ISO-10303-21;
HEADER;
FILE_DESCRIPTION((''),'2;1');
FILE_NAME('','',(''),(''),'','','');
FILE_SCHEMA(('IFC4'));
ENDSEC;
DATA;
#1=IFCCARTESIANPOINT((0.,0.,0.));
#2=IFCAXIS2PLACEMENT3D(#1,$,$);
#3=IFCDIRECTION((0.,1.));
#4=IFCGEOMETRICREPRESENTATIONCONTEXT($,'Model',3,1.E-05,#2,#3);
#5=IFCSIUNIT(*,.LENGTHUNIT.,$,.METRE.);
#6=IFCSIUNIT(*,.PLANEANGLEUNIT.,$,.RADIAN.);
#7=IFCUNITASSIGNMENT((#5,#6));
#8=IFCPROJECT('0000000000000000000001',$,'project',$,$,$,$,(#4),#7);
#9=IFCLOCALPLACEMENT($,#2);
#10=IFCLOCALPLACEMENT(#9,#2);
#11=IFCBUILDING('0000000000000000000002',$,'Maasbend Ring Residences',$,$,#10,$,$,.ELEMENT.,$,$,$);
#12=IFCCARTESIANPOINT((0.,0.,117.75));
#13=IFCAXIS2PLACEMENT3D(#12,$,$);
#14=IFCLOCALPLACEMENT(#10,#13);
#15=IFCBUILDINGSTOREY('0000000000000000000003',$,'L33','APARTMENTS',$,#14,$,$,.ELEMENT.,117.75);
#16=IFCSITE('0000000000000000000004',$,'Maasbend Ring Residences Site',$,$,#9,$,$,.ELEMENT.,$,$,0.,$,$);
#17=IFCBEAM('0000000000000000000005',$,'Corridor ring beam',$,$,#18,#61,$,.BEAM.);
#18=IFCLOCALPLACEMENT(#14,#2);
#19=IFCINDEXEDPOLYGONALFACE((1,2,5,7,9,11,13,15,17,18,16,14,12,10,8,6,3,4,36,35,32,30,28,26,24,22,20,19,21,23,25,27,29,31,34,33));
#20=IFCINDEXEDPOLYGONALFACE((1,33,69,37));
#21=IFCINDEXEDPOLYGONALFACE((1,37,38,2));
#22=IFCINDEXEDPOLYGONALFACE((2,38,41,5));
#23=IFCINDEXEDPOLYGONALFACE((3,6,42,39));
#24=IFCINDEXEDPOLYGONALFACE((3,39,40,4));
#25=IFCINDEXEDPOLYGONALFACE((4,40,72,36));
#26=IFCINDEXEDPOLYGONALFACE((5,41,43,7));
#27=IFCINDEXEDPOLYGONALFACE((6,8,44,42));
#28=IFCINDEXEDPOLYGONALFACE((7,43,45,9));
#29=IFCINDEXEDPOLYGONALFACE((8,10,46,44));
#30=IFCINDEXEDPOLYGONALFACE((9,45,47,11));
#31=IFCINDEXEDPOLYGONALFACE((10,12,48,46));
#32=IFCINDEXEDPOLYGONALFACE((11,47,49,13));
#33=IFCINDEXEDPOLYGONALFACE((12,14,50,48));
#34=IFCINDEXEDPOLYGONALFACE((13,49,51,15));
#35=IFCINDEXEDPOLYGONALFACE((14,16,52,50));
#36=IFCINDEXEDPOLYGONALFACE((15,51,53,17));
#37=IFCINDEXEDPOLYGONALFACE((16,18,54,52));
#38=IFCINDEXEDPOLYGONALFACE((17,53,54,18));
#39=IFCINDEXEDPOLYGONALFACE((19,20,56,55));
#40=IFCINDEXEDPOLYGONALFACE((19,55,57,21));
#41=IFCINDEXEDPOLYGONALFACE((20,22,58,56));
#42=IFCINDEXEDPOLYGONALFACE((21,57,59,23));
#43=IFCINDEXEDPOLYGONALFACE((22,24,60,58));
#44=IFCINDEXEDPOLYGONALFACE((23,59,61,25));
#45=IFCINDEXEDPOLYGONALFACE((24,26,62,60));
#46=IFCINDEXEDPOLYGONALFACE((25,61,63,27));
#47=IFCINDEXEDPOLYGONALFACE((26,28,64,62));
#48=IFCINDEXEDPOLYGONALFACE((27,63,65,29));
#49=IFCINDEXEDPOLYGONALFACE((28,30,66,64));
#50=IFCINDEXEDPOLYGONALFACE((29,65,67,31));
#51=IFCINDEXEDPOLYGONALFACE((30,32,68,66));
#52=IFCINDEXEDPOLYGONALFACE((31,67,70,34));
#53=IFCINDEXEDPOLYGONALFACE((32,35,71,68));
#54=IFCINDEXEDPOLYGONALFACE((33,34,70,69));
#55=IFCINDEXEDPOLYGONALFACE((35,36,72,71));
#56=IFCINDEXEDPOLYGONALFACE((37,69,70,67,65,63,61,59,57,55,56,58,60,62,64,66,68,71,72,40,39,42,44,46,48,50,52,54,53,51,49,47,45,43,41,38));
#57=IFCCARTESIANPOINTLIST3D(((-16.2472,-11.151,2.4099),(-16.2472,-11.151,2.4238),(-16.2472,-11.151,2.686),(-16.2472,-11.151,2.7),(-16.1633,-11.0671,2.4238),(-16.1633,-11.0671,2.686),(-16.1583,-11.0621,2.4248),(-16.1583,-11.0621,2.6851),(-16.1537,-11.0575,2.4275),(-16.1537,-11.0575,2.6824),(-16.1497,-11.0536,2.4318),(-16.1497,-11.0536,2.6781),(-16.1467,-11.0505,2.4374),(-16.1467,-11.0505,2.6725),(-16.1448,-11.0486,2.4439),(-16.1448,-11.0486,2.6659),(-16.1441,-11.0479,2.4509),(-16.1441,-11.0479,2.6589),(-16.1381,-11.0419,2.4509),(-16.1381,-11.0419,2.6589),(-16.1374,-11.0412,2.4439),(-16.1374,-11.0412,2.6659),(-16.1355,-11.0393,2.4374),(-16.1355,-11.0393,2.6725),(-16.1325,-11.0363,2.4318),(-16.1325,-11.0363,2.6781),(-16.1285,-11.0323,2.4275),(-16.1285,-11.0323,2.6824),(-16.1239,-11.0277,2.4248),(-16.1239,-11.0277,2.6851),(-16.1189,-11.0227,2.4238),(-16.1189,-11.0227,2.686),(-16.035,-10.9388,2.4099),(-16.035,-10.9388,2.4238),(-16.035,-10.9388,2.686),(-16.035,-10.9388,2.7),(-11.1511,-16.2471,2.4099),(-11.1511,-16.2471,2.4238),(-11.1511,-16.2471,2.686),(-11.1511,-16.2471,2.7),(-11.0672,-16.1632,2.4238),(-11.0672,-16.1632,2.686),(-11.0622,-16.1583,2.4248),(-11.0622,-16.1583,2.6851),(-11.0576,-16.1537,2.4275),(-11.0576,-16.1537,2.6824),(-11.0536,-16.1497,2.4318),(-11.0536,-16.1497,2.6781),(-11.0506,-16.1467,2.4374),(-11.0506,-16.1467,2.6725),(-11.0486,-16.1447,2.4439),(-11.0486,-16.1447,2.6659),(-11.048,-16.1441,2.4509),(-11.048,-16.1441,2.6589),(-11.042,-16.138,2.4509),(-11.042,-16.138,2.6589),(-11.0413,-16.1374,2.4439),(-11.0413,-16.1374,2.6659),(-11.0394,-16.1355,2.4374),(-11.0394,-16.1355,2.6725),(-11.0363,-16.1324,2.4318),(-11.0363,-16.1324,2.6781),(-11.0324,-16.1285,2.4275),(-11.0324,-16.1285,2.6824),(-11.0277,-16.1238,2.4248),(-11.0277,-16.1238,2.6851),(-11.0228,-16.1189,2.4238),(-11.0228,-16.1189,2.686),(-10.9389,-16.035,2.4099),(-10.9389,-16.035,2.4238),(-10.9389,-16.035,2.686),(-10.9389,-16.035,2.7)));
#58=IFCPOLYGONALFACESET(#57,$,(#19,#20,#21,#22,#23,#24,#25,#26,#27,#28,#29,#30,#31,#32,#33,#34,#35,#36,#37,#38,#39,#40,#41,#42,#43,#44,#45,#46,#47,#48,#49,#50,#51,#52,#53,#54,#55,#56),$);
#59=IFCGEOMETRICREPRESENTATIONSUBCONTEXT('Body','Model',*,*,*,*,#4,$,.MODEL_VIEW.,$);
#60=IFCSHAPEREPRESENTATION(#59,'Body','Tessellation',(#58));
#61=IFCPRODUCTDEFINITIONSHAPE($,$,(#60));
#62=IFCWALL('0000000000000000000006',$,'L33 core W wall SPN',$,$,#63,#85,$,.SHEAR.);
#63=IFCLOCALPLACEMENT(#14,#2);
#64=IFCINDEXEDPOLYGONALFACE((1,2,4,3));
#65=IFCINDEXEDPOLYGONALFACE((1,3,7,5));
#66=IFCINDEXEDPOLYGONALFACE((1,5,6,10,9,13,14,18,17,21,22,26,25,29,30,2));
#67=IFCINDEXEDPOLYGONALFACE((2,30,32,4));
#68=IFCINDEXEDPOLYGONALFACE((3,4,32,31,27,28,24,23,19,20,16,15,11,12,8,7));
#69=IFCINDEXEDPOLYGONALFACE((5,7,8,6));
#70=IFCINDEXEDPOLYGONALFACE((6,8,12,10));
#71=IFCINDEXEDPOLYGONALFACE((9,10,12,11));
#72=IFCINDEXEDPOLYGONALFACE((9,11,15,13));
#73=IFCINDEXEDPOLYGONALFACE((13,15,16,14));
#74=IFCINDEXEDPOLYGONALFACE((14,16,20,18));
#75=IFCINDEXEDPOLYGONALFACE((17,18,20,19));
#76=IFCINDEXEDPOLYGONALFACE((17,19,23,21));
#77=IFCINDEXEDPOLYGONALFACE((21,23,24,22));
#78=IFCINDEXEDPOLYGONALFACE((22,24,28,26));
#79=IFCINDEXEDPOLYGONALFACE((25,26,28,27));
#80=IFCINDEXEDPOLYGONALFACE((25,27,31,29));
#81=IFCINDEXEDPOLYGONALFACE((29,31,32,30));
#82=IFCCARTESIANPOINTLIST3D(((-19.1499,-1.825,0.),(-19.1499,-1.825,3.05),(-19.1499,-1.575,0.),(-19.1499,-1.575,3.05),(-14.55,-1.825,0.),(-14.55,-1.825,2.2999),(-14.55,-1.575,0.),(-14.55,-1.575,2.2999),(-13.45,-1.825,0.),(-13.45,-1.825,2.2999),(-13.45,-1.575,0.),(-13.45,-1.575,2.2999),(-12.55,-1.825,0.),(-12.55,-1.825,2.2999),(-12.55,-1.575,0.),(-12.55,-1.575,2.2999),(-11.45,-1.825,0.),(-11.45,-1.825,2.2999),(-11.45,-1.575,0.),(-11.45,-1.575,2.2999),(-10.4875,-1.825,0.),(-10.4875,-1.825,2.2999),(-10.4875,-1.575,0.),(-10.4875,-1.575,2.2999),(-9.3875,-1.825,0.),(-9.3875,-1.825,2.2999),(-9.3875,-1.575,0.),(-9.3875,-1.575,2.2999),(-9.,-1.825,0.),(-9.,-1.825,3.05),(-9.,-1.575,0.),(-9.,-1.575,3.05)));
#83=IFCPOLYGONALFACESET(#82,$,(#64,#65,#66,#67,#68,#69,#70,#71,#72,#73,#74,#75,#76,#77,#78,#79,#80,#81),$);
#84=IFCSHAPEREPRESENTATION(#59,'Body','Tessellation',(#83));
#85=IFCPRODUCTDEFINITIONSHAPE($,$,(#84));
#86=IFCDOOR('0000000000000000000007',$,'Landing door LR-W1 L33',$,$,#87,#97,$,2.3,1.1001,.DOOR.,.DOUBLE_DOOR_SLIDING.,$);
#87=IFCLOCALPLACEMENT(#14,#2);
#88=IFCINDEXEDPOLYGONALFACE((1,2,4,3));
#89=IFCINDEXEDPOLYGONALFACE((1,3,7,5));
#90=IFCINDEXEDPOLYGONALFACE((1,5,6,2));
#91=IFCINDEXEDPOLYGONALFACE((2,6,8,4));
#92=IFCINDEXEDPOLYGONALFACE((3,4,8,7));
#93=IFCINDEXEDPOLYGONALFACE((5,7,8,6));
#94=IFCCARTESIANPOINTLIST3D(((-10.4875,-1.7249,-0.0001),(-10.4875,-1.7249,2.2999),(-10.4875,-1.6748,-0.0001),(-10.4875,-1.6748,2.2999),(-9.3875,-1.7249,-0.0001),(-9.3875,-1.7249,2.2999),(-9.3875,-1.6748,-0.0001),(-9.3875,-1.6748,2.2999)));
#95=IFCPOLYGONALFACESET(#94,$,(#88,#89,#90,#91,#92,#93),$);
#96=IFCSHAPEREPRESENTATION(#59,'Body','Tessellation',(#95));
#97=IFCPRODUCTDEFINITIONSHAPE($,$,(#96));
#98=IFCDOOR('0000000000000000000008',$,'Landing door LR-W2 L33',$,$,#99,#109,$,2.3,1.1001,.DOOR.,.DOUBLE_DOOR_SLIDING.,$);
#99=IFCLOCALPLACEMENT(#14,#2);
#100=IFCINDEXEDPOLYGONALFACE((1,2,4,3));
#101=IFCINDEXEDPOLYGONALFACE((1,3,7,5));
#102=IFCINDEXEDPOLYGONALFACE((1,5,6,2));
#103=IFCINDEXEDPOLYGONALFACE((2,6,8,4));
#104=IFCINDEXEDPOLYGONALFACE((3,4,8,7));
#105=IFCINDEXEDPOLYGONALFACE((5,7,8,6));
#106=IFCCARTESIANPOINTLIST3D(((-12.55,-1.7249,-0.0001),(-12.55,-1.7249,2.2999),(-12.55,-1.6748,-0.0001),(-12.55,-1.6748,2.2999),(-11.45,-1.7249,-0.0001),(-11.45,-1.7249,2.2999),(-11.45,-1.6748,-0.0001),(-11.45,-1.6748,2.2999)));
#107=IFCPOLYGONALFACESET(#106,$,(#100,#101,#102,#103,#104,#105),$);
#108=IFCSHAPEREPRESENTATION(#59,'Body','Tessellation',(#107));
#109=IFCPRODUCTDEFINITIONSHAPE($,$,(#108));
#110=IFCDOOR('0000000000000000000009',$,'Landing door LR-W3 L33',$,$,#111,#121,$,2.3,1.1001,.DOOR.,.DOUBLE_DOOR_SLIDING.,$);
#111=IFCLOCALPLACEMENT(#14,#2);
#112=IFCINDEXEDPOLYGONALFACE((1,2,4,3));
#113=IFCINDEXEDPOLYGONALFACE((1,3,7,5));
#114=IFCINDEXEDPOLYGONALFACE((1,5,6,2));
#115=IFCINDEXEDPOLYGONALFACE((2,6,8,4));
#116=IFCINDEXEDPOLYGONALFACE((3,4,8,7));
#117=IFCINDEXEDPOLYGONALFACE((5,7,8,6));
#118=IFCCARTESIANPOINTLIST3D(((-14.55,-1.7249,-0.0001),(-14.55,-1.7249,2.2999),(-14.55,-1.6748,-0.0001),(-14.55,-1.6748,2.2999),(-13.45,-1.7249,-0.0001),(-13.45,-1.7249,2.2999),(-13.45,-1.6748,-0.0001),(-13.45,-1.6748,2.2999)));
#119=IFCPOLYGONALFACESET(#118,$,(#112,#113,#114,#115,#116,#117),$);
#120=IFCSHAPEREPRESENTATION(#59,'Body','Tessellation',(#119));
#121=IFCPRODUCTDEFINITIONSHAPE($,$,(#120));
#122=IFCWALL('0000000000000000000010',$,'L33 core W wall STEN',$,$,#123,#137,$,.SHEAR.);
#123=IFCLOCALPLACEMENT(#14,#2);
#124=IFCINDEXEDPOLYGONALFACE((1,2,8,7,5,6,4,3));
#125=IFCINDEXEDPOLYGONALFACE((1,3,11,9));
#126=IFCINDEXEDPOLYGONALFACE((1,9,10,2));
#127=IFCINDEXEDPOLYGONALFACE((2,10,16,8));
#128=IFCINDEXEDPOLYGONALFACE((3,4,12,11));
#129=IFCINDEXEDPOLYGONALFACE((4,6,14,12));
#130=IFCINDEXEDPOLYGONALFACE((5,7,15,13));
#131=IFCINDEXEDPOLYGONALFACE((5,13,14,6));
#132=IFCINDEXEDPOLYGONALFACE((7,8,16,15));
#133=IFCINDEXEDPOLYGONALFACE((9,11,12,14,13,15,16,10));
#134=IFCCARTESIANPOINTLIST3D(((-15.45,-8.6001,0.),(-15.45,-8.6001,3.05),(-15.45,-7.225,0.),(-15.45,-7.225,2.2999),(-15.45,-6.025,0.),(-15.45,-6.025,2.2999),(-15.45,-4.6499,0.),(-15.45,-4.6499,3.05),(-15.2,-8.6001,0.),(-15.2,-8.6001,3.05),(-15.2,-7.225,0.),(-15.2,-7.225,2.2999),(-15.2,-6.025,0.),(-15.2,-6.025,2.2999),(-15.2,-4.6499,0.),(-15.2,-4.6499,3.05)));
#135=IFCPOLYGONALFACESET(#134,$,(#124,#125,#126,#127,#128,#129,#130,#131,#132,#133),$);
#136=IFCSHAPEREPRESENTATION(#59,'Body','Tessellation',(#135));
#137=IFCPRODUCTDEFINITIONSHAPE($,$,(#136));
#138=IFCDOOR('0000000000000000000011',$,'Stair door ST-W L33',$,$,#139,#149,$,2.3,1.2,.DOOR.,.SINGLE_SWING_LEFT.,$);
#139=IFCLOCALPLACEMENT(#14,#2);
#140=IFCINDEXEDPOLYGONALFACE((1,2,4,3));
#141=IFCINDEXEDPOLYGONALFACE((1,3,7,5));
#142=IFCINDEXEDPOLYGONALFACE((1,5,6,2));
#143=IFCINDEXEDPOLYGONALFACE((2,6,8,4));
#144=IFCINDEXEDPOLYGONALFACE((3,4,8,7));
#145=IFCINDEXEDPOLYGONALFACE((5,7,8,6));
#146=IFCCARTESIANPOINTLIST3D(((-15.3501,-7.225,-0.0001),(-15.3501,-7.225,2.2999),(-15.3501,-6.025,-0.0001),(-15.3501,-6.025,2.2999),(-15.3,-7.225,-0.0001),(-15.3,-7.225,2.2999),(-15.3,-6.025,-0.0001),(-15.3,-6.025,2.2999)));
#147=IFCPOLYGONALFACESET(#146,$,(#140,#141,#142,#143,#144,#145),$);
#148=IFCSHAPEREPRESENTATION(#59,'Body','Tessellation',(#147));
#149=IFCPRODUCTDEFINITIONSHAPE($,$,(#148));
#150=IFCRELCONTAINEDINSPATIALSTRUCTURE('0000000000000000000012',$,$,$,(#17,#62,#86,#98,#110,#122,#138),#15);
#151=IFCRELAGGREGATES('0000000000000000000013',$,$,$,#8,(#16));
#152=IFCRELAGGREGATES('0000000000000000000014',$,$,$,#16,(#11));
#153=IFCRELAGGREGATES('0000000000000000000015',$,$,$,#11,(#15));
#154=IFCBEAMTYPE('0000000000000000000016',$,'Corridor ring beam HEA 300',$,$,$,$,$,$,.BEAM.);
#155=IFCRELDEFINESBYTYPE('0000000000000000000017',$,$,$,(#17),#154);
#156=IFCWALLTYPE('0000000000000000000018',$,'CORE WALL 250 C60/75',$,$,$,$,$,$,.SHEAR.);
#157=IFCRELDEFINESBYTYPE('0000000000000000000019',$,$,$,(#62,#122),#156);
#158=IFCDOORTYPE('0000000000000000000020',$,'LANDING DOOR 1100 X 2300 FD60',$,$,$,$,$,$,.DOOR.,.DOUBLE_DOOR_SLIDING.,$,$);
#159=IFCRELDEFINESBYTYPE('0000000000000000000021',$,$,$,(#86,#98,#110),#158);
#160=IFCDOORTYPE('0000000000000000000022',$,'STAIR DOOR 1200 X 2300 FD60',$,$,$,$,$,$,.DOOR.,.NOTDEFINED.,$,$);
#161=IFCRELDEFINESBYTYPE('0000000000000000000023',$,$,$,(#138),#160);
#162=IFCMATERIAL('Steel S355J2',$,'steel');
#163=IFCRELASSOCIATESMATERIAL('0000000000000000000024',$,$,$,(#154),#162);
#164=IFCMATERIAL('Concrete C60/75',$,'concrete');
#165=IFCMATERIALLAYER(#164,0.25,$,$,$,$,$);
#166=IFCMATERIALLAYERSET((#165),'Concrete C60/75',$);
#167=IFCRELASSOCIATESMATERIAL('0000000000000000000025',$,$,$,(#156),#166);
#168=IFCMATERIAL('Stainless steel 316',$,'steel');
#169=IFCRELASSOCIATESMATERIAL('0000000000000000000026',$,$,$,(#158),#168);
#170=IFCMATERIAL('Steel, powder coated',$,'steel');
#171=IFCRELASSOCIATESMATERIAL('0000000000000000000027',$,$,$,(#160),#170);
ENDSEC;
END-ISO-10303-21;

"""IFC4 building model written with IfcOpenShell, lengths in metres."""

from ifc_helpers import new_model, si_unit, direction, frame, frame_2d, origin, origin_2d, place, context, subcontext, project, spatial, rectangle, i_section, extrude, material, layer, layer_set, material_profile, profile_set, type_object, element, fill, save


model = new_model("IFC4")

# Units and contexts
model_context = context("Model", 3, precision=1e-05, world=origin(), true_north=direction((0.0, 1.0)))
body_context = subcontext(model_context, "Body", "Model", "MODEL_VIEW")
ifc_project = project(units=[si_unit("LENGTHUNIT", "METRE"), si_unit("PLANEANGLEUNIT", "RADIAN")], contexts=[model_context])

# Site, building, storey
site_placement = place(None, origin())
site = spatial("IfcSite", under=ifc_project, at=site_placement, Name="Maasbend Ring Residences Site", CompositionType="ELEMENT", RefElevation=0.0)
building_placement = place(site_placement, origin())
building = spatial("IfcBuilding", under=site, at=building_placement, Name="Maasbend Ring Residences", CompositionType="ELEMENT")
storey_placement = place(building_placement, frame((0.0, 0.0, 117.75)))
storey = spatial("IfcBuildingStorey", under=building, at=storey_placement, Name="L33", Description="APARTMENTS", CompositionType="ELEMENT", Elevation=117.75)

# Beam
ifc_material_1 = material(Name="Steel S355J2", Category="steel")
ifc_material_profile = material_profile(ifc_material_1, i_section(OverallWidth=0.3, OverallDepth=0.29, WebThickness=0.0085, FlangeThickness=0.0139, FilletRadius=0.0271, at=origin_2d()), Name="HEA 300")
ifc_profile_set = profile_set([ifc_material_profile], Name="Steel S355J2")
beam_type = type_object("IfcBeamType", Name="Corridor ring beam HEA 300", PredefinedType="BEAM", material=ifc_profile_set)
beam_placement = place(storey_placement, frame((-16.1411, -11.0449, 2.5549), z_axis=(0.707107, -0.707107, 0.0), x_axis=(0.707107, 0.707107, 0.0)))
element("IfcBeam", 1, at=beam_placement, inside=storey, type_object=beam_type, Name="Corridor ring beam", PredefinedType="BEAM", context=body_context, shape_type="SweptSolid", body=[
    extrude(i_section(OverallWidth=0.3, OverallDepth=0.29, WebThickness=0.0085, FlangeThickness=0.0139, FilletRadius=0.0271, at=origin_2d()), origin(), (0.0, 0.0, 1.0), 7.207),
])

# Wall, openings, doors
ifc_material_2 = material(Name="Concrete C60/75", Category="concrete")
ifc_layer_1 = layer(ifc_material_2, 0.25)
ifc_layer_set_1 = layer_set([ifc_layer_1], Name="Concrete C60/75")
wall_type_1 = type_object("IfcWallType", Name="CORE WALL 250 C60/75", PredefinedType="SHEAR", material=ifc_layer_set_1)
wall_1_placement = place(storey_placement, frame((-9.0, -1.7, 0.0), z_axis=(0.0, 0.0, 1.0), x_axis=(-1.0, 0.0, 0.0)))
wall_1 = element("IfcWall", 2, at=wall_1_placement, inside=storey, type_object=wall_type_1, Name="L33 core W wall SPN", PredefinedType="SHEAR", context=body_context, shape_type="SweptSolid", body=[
    extrude(rectangle(XDim=10.1499, YDim=0.25, at=frame_2d((5.075, 0.0))), origin(), (0.0, 0.0, 1.0), 3.05),
])
opening_1_placement = place(wall_1_placement, frame((0.3875, 0.0, 0.0)))
opening_1 = element("IfcOpeningElement", 3, at=opening_1_placement, cuts=wall_1, PredefinedType="OPENING", context=body_context, shape_type="SweptSolid", body=[
    extrude(rectangle(XDim=1.1001, YDim=2.3, at=frame_2d((0.55, 1.1499))), frame((0.0, 0.135, 0.0), z_axis=(0.0, -1.0, 0.0), x_axis=(1.0, 0.0, 0.0)), (0.0, 0.0, 1.0), 0.27),
])
opening_2_placement = place(wall_1_placement, frame((2.45, 0.0, 0.0)))
opening_2 = element("IfcOpeningElement", 4, at=opening_2_placement, cuts=wall_1, PredefinedType="OPENING", context=body_context, shape_type="SweptSolid", body=[
    extrude(rectangle(XDim=1.1001, YDim=2.3, at=frame_2d((0.55, 1.1499))), frame((0.0, 0.135, 0.0), z_axis=(0.0, -1.0, 0.0), x_axis=(1.0, 0.0, 0.0)), (0.0, 0.0, 1.0), 0.27),
])
opening_3_placement = place(wall_1_placement, frame((4.45, 0.0, 0.0)))
opening_3 = element("IfcOpeningElement", 5, at=opening_3_placement, cuts=wall_1, PredefinedType="OPENING", context=body_context, shape_type="SweptSolid", body=[
    extrude(rectangle(XDim=1.1001, YDim=2.3, at=frame_2d((0.55, 1.1499))), frame((0.0, 0.135, 0.0), z_axis=(0.0, -1.0, 0.0), x_axis=(1.0, 0.0, 0.0)), (0.0, 0.0, 1.0), 0.27),
])
ifc_material_3 = material(Name="Stainless steel 316", Category="steel")
door_type_1 = type_object("IfcDoorType", Name="LANDING DOOR 1100 X 2300 FD60", OperationType="DOUBLE_DOOR_SLIDING", PredefinedType="DOOR", material=ifc_material_3)
door_1_placement = place(opening_1_placement, origin())
door_1 = element("IfcDoor", 6, at=door_1_placement, inside=storey, type_object=door_type_1, Name="Landing door LR-W1 L33", OperationType="DOUBLE_DOOR_SLIDING", OverallHeight=2.3, OverallWidth=1.1001, PredefinedType="DOOR", context=body_context, shape_type="SweptSolid", body=[
    extrude(rectangle(XDim=1.1001, YDim=2.3, at=frame_2d((0.55, 1.1499))), frame((0.0, 0.0249, 0.0), z_axis=(0.0, -1.0, 0.0), x_axis=(1.0, 0.0, 0.0)), (0.0, 0.0, 1.0), 0.05),
])
fill(opening_1, door_1)
door_2_placement = place(opening_2_placement, origin())
door_2 = element("IfcDoor", 7, at=door_2_placement, inside=storey, type_object=door_type_1, Name="Landing door LR-W2 L33", OperationType="DOUBLE_DOOR_SLIDING", OverallHeight=2.3, OverallWidth=1.1001, PredefinedType="DOOR", context=body_context, shape_type="SweptSolid", body=[
    extrude(rectangle(XDim=1.1001, YDim=2.3, at=frame_2d((0.55, 1.1499))), frame((0.0, 0.0249, 0.0), z_axis=(0.0, -1.0, 0.0), x_axis=(1.0, 0.0, 0.0)), (0.0, 0.0, 1.0), 0.05),
])
fill(opening_2, door_2)
door_3_placement = place(opening_3_placement, origin())
door_3 = element("IfcDoor", 8, at=door_3_placement, inside=storey, type_object=door_type_1, Name="Landing door LR-W3 L33", OperationType="DOUBLE_DOOR_SLIDING", OverallHeight=2.3, OverallWidth=1.1001, PredefinedType="DOOR", context=body_context, shape_type="SweptSolid", body=[
    extrude(rectangle(XDim=1.1001, YDim=2.3, at=frame_2d((0.55, 1.1499))), frame((0.0, 0.0249, 0.0), z_axis=(0.0, -1.0, 0.0), x_axis=(1.0, 0.0, 0.0)), (0.0, 0.0, 1.0), 0.05),
])
fill(opening_3, door_3)

# Wall, opening, door
wall_2_placement = place(storey_placement, frame((-15.325, -4.6499, 0.0), z_axis=(0.0, 0.0, 1.0), x_axis=(0.0, -1.0, 0.0)))
wall_2 = element("IfcWall", 9, at=wall_2_placement, inside=storey, type_object=wall_type_1, Name="L33 core W wall STEN", PredefinedType="SHEAR", context=body_context, shape_type="SweptSolid", body=[
    extrude(rectangle(XDim=3.9502, YDim=0.25, at=frame_2d((1.9751, 0.0))), origin(), (0.0, 0.0, 1.0), 3.05),
])
opening_4_placement = place(wall_2_placement, frame((1.375, 0.0, 0.0)))
opening_4 = element("IfcOpeningElement", 10, at=opening_4_placement, cuts=wall_2, PredefinedType="OPENING", context=body_context, shape_type="SweptSolid", body=[
    extrude(rectangle(XDim=1.2, YDim=2.3, at=frame_2d((0.6001, 1.1499))), frame((0.0, 0.135, 0.0), z_axis=(0.0, -1.0, 0.0), x_axis=(1.0, 0.0, 0.0)), (0.0, 0.0, 1.0), 0.27),
])
ifc_material_4 = material(Name="Steel, powder coated", Category="steel")
door_type_2 = type_object("IfcDoorType", Name="STAIR DOOR 1200 X 2300 FD60", OperationType="NOTDEFINED", PredefinedType="DOOR", material=ifc_material_4)
door_4_placement = place(opening_4_placement, origin())
door_4 = element("IfcDoor", 11, at=door_4_placement, inside=storey, type_object=door_type_2, Name="Stair door ST-W L33", OperationType="SINGLE_SWING_LEFT", OverallHeight=2.3, OverallWidth=1.2, PredefinedType="DOOR", context=body_context, shape_type="SweptSolid", body=[
    extrude(rectangle(XDim=1.2, YDim=2.3, at=frame_2d((0.6001, 1.1499))), frame((0.0, 0.0249, 0.0), z_axis=(0.0, -1.0, 0.0), x_axis=(1.0, 0.0, 0.0)), (0.0, 0.0, 1.0), 0.05),
])
fill(opening_4, door_4)

save(model, "model.ifc")
